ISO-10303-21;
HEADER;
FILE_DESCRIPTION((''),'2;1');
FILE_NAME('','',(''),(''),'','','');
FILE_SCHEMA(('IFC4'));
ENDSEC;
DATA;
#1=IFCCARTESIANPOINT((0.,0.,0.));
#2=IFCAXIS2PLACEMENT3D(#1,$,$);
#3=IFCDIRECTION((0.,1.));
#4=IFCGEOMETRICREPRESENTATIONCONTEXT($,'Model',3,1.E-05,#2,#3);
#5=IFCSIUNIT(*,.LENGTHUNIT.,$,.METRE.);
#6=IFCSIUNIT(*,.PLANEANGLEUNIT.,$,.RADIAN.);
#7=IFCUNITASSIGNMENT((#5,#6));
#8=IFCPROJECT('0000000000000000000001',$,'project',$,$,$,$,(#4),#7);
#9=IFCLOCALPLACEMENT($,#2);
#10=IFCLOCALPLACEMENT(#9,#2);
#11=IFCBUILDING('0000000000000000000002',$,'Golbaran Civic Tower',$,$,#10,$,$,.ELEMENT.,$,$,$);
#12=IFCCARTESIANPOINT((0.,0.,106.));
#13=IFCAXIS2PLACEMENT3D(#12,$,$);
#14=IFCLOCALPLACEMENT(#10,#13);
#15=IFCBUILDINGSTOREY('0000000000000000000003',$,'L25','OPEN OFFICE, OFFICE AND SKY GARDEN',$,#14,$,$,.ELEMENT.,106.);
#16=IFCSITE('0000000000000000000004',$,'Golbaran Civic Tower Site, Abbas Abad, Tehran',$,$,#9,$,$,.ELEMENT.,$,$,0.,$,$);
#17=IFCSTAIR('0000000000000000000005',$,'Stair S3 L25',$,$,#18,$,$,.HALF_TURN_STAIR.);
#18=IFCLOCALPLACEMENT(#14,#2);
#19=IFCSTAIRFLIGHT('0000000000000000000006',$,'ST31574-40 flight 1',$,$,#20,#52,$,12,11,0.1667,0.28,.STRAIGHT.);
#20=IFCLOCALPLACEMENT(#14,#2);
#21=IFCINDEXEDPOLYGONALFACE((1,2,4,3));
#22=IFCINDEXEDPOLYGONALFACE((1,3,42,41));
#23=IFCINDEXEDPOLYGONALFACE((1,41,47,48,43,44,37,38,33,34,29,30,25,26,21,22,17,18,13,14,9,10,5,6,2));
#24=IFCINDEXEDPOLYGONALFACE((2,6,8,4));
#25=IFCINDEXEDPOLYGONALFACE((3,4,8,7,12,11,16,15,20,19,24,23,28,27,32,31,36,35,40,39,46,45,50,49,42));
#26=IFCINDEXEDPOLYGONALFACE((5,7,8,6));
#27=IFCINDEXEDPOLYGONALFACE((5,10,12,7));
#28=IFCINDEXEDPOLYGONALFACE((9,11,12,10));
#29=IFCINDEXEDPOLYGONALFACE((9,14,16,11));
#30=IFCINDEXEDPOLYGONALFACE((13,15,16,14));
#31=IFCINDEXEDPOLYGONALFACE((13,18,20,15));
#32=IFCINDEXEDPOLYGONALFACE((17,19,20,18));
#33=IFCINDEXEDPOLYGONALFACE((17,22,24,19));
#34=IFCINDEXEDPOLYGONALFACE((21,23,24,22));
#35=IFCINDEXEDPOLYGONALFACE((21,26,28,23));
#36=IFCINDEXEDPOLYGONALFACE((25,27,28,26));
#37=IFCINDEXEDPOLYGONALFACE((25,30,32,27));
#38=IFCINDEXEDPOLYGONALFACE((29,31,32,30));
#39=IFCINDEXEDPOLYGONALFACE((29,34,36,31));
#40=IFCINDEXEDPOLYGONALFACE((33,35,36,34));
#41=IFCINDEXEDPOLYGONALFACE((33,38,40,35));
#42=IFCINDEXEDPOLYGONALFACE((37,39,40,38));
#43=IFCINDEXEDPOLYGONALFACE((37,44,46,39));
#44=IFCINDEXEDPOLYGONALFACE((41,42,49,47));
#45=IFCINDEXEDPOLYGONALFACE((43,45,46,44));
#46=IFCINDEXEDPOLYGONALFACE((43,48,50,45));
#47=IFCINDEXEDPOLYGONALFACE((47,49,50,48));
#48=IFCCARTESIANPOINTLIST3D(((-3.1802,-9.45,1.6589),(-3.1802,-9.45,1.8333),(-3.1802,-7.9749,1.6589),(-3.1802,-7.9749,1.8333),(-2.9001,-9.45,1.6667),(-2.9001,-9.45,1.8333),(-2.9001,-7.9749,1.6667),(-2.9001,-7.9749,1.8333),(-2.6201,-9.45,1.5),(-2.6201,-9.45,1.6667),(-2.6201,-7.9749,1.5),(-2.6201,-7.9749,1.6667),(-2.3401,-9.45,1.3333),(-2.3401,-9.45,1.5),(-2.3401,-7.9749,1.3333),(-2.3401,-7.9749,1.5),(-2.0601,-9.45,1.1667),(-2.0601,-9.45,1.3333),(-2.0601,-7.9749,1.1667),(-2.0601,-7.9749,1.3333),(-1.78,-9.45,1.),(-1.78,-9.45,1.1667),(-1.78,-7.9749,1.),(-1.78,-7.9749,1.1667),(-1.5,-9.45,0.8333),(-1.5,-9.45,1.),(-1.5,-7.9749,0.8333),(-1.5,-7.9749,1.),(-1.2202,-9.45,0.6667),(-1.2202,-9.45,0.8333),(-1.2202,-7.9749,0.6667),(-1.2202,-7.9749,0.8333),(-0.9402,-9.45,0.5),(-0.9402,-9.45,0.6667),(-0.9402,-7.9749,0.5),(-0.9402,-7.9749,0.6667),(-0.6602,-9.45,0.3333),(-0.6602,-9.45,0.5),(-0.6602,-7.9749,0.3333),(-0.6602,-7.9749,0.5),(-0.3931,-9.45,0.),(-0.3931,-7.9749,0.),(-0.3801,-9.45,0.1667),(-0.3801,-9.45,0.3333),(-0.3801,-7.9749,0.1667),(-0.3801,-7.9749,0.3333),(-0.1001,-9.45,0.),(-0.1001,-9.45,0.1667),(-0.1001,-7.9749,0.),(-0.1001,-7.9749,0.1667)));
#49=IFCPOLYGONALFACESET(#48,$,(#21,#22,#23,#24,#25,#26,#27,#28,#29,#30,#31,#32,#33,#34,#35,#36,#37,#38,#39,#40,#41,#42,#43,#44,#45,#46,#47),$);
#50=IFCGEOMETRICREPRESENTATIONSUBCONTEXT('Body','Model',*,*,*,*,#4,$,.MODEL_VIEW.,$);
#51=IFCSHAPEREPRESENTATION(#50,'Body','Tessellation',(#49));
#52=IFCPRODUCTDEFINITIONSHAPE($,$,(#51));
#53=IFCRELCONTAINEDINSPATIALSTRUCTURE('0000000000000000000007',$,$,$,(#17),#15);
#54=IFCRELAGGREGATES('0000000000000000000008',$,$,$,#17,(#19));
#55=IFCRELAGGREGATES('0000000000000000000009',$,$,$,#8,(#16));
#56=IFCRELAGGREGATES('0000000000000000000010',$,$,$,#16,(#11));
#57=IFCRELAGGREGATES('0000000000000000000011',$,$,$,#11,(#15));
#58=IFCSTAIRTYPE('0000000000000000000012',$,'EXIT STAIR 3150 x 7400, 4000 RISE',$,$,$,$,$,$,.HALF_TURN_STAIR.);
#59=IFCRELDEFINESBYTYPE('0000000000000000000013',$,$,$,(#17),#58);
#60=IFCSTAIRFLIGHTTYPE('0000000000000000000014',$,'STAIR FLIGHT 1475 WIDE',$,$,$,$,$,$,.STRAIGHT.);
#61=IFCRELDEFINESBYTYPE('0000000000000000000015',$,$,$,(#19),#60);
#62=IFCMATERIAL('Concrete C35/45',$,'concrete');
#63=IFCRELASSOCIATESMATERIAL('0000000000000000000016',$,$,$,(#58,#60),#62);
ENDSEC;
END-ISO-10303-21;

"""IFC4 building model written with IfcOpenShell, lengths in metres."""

from ifc_helpers import new_model, si_unit, direction, frame, origin, place, context, subcontext, project, spatial, polyline, outline, extrude, material, type_object, element, aggregate, save


model = new_model("IFC4")

# Units and contexts
model_context = context("Model", 3, precision=1e-05, world=origin(), true_north=direction((0.0, 1.0)))
body_context = subcontext(model_context, "Body", "Model", "MODEL_VIEW")
ifc_project = project(units=[si_unit("LENGTHUNIT", "METRE"), si_unit("PLANEANGLEUNIT", "RADIAN")], contexts=[model_context])

# Site, building, storey
site_placement = place(None, origin())
site = spatial("IfcSite", under=ifc_project, at=site_placement, Name="Golbaran Civic Tower Site, Abbas Abad, Tehran", CompositionType="ELEMENT", RefElevation=0.0)
building_placement = place(site_placement, origin())
building = spatial("IfcBuilding", under=site, at=building_placement, Name="Golbaran Civic Tower", CompositionType="ELEMENT")
storey_placement = place(building_placement, frame((0.0, 0.0, 106.0)))
storey = spatial("IfcBuildingStorey", under=building, at=storey_placement, Name="L25", Description="OPEN OFFICE, OFFICE AND SKY GARDEN", CompositionType="ELEMENT", Elevation=106.0)

# Stair, stair flight
ifc_material_1 = material(Name="Concrete C35/45", Category="concrete")
stair_type = type_object("IfcStairType", Name="EXIT STAIR 3150 x 7400, 4000 RISE", PredefinedType="HALF_TURN_STAIR", material=ifc_material_1)
stair_placement = place(storey_placement, origin())
stair = element("IfcStair", 1, at=stair_placement, inside=storey, type_object=stair_type, Name="Stair S3 L25", PredefinedType="HALF_TURN_STAIR")
stair_flight_type = type_object("IfcStairFlightType", Name="STAIR FLIGHT 1475 WIDE", PredefinedType="STRAIGHT", material=ifc_material_1)
stair_flight_placement = place(storey_placement, frame((-0.1001, -8.7124, 0.0), z_axis=(0.0, 0.0, 1.0), x_axis=(-1.0, 0.0, 0.0)))
stair_flight = element("IfcStairFlight", 2, at=stair_flight_placement, type_object=stair_flight_type, Name="ST31574-40 flight 1", NumberOfRisers=12, NumberOfTreads=11, PredefinedType="STRAIGHT", RiserHeight=0.1667, TreadLength=0.28, context=body_context, shape_type="SweptSolid", body=[
    extrude(outline(polyline([(0.0, 0.0), (0.0, 0.1667), (0.28, 0.1667), (0.28, 0.3333), (0.5601, 0.3333), (0.5601, 0.5), (0.8401, 0.5), (0.8401, 0.6667), (1.1201, 0.6667), (1.1201, 0.8333), (1.3999, 0.8333), (1.3999, 1.0), (1.6799, 1.0), (1.6799, 1.1667), (1.96, 1.1667), (1.96, 1.3333), (2.24, 1.3333), (2.24, 1.5), (2.52, 1.5), (2.52, 1.6667), (2.8, 1.6667), (2.8, 1.8333), (3.0801, 1.8333), (3.0801, 2.0), (3.0801, 1.6589), (0.293, 0.0), (0.0, 0.0)])), frame((0.0, 0.7375, 0.0), z_axis=(0.0, -1.0, 0.0), x_axis=(1.0, 0.0, 0.0)), (0.0, 0.0, 1.0), 1.4751),
])
aggregate(stair, [stair_flight])

save(model, "model.ifc")
